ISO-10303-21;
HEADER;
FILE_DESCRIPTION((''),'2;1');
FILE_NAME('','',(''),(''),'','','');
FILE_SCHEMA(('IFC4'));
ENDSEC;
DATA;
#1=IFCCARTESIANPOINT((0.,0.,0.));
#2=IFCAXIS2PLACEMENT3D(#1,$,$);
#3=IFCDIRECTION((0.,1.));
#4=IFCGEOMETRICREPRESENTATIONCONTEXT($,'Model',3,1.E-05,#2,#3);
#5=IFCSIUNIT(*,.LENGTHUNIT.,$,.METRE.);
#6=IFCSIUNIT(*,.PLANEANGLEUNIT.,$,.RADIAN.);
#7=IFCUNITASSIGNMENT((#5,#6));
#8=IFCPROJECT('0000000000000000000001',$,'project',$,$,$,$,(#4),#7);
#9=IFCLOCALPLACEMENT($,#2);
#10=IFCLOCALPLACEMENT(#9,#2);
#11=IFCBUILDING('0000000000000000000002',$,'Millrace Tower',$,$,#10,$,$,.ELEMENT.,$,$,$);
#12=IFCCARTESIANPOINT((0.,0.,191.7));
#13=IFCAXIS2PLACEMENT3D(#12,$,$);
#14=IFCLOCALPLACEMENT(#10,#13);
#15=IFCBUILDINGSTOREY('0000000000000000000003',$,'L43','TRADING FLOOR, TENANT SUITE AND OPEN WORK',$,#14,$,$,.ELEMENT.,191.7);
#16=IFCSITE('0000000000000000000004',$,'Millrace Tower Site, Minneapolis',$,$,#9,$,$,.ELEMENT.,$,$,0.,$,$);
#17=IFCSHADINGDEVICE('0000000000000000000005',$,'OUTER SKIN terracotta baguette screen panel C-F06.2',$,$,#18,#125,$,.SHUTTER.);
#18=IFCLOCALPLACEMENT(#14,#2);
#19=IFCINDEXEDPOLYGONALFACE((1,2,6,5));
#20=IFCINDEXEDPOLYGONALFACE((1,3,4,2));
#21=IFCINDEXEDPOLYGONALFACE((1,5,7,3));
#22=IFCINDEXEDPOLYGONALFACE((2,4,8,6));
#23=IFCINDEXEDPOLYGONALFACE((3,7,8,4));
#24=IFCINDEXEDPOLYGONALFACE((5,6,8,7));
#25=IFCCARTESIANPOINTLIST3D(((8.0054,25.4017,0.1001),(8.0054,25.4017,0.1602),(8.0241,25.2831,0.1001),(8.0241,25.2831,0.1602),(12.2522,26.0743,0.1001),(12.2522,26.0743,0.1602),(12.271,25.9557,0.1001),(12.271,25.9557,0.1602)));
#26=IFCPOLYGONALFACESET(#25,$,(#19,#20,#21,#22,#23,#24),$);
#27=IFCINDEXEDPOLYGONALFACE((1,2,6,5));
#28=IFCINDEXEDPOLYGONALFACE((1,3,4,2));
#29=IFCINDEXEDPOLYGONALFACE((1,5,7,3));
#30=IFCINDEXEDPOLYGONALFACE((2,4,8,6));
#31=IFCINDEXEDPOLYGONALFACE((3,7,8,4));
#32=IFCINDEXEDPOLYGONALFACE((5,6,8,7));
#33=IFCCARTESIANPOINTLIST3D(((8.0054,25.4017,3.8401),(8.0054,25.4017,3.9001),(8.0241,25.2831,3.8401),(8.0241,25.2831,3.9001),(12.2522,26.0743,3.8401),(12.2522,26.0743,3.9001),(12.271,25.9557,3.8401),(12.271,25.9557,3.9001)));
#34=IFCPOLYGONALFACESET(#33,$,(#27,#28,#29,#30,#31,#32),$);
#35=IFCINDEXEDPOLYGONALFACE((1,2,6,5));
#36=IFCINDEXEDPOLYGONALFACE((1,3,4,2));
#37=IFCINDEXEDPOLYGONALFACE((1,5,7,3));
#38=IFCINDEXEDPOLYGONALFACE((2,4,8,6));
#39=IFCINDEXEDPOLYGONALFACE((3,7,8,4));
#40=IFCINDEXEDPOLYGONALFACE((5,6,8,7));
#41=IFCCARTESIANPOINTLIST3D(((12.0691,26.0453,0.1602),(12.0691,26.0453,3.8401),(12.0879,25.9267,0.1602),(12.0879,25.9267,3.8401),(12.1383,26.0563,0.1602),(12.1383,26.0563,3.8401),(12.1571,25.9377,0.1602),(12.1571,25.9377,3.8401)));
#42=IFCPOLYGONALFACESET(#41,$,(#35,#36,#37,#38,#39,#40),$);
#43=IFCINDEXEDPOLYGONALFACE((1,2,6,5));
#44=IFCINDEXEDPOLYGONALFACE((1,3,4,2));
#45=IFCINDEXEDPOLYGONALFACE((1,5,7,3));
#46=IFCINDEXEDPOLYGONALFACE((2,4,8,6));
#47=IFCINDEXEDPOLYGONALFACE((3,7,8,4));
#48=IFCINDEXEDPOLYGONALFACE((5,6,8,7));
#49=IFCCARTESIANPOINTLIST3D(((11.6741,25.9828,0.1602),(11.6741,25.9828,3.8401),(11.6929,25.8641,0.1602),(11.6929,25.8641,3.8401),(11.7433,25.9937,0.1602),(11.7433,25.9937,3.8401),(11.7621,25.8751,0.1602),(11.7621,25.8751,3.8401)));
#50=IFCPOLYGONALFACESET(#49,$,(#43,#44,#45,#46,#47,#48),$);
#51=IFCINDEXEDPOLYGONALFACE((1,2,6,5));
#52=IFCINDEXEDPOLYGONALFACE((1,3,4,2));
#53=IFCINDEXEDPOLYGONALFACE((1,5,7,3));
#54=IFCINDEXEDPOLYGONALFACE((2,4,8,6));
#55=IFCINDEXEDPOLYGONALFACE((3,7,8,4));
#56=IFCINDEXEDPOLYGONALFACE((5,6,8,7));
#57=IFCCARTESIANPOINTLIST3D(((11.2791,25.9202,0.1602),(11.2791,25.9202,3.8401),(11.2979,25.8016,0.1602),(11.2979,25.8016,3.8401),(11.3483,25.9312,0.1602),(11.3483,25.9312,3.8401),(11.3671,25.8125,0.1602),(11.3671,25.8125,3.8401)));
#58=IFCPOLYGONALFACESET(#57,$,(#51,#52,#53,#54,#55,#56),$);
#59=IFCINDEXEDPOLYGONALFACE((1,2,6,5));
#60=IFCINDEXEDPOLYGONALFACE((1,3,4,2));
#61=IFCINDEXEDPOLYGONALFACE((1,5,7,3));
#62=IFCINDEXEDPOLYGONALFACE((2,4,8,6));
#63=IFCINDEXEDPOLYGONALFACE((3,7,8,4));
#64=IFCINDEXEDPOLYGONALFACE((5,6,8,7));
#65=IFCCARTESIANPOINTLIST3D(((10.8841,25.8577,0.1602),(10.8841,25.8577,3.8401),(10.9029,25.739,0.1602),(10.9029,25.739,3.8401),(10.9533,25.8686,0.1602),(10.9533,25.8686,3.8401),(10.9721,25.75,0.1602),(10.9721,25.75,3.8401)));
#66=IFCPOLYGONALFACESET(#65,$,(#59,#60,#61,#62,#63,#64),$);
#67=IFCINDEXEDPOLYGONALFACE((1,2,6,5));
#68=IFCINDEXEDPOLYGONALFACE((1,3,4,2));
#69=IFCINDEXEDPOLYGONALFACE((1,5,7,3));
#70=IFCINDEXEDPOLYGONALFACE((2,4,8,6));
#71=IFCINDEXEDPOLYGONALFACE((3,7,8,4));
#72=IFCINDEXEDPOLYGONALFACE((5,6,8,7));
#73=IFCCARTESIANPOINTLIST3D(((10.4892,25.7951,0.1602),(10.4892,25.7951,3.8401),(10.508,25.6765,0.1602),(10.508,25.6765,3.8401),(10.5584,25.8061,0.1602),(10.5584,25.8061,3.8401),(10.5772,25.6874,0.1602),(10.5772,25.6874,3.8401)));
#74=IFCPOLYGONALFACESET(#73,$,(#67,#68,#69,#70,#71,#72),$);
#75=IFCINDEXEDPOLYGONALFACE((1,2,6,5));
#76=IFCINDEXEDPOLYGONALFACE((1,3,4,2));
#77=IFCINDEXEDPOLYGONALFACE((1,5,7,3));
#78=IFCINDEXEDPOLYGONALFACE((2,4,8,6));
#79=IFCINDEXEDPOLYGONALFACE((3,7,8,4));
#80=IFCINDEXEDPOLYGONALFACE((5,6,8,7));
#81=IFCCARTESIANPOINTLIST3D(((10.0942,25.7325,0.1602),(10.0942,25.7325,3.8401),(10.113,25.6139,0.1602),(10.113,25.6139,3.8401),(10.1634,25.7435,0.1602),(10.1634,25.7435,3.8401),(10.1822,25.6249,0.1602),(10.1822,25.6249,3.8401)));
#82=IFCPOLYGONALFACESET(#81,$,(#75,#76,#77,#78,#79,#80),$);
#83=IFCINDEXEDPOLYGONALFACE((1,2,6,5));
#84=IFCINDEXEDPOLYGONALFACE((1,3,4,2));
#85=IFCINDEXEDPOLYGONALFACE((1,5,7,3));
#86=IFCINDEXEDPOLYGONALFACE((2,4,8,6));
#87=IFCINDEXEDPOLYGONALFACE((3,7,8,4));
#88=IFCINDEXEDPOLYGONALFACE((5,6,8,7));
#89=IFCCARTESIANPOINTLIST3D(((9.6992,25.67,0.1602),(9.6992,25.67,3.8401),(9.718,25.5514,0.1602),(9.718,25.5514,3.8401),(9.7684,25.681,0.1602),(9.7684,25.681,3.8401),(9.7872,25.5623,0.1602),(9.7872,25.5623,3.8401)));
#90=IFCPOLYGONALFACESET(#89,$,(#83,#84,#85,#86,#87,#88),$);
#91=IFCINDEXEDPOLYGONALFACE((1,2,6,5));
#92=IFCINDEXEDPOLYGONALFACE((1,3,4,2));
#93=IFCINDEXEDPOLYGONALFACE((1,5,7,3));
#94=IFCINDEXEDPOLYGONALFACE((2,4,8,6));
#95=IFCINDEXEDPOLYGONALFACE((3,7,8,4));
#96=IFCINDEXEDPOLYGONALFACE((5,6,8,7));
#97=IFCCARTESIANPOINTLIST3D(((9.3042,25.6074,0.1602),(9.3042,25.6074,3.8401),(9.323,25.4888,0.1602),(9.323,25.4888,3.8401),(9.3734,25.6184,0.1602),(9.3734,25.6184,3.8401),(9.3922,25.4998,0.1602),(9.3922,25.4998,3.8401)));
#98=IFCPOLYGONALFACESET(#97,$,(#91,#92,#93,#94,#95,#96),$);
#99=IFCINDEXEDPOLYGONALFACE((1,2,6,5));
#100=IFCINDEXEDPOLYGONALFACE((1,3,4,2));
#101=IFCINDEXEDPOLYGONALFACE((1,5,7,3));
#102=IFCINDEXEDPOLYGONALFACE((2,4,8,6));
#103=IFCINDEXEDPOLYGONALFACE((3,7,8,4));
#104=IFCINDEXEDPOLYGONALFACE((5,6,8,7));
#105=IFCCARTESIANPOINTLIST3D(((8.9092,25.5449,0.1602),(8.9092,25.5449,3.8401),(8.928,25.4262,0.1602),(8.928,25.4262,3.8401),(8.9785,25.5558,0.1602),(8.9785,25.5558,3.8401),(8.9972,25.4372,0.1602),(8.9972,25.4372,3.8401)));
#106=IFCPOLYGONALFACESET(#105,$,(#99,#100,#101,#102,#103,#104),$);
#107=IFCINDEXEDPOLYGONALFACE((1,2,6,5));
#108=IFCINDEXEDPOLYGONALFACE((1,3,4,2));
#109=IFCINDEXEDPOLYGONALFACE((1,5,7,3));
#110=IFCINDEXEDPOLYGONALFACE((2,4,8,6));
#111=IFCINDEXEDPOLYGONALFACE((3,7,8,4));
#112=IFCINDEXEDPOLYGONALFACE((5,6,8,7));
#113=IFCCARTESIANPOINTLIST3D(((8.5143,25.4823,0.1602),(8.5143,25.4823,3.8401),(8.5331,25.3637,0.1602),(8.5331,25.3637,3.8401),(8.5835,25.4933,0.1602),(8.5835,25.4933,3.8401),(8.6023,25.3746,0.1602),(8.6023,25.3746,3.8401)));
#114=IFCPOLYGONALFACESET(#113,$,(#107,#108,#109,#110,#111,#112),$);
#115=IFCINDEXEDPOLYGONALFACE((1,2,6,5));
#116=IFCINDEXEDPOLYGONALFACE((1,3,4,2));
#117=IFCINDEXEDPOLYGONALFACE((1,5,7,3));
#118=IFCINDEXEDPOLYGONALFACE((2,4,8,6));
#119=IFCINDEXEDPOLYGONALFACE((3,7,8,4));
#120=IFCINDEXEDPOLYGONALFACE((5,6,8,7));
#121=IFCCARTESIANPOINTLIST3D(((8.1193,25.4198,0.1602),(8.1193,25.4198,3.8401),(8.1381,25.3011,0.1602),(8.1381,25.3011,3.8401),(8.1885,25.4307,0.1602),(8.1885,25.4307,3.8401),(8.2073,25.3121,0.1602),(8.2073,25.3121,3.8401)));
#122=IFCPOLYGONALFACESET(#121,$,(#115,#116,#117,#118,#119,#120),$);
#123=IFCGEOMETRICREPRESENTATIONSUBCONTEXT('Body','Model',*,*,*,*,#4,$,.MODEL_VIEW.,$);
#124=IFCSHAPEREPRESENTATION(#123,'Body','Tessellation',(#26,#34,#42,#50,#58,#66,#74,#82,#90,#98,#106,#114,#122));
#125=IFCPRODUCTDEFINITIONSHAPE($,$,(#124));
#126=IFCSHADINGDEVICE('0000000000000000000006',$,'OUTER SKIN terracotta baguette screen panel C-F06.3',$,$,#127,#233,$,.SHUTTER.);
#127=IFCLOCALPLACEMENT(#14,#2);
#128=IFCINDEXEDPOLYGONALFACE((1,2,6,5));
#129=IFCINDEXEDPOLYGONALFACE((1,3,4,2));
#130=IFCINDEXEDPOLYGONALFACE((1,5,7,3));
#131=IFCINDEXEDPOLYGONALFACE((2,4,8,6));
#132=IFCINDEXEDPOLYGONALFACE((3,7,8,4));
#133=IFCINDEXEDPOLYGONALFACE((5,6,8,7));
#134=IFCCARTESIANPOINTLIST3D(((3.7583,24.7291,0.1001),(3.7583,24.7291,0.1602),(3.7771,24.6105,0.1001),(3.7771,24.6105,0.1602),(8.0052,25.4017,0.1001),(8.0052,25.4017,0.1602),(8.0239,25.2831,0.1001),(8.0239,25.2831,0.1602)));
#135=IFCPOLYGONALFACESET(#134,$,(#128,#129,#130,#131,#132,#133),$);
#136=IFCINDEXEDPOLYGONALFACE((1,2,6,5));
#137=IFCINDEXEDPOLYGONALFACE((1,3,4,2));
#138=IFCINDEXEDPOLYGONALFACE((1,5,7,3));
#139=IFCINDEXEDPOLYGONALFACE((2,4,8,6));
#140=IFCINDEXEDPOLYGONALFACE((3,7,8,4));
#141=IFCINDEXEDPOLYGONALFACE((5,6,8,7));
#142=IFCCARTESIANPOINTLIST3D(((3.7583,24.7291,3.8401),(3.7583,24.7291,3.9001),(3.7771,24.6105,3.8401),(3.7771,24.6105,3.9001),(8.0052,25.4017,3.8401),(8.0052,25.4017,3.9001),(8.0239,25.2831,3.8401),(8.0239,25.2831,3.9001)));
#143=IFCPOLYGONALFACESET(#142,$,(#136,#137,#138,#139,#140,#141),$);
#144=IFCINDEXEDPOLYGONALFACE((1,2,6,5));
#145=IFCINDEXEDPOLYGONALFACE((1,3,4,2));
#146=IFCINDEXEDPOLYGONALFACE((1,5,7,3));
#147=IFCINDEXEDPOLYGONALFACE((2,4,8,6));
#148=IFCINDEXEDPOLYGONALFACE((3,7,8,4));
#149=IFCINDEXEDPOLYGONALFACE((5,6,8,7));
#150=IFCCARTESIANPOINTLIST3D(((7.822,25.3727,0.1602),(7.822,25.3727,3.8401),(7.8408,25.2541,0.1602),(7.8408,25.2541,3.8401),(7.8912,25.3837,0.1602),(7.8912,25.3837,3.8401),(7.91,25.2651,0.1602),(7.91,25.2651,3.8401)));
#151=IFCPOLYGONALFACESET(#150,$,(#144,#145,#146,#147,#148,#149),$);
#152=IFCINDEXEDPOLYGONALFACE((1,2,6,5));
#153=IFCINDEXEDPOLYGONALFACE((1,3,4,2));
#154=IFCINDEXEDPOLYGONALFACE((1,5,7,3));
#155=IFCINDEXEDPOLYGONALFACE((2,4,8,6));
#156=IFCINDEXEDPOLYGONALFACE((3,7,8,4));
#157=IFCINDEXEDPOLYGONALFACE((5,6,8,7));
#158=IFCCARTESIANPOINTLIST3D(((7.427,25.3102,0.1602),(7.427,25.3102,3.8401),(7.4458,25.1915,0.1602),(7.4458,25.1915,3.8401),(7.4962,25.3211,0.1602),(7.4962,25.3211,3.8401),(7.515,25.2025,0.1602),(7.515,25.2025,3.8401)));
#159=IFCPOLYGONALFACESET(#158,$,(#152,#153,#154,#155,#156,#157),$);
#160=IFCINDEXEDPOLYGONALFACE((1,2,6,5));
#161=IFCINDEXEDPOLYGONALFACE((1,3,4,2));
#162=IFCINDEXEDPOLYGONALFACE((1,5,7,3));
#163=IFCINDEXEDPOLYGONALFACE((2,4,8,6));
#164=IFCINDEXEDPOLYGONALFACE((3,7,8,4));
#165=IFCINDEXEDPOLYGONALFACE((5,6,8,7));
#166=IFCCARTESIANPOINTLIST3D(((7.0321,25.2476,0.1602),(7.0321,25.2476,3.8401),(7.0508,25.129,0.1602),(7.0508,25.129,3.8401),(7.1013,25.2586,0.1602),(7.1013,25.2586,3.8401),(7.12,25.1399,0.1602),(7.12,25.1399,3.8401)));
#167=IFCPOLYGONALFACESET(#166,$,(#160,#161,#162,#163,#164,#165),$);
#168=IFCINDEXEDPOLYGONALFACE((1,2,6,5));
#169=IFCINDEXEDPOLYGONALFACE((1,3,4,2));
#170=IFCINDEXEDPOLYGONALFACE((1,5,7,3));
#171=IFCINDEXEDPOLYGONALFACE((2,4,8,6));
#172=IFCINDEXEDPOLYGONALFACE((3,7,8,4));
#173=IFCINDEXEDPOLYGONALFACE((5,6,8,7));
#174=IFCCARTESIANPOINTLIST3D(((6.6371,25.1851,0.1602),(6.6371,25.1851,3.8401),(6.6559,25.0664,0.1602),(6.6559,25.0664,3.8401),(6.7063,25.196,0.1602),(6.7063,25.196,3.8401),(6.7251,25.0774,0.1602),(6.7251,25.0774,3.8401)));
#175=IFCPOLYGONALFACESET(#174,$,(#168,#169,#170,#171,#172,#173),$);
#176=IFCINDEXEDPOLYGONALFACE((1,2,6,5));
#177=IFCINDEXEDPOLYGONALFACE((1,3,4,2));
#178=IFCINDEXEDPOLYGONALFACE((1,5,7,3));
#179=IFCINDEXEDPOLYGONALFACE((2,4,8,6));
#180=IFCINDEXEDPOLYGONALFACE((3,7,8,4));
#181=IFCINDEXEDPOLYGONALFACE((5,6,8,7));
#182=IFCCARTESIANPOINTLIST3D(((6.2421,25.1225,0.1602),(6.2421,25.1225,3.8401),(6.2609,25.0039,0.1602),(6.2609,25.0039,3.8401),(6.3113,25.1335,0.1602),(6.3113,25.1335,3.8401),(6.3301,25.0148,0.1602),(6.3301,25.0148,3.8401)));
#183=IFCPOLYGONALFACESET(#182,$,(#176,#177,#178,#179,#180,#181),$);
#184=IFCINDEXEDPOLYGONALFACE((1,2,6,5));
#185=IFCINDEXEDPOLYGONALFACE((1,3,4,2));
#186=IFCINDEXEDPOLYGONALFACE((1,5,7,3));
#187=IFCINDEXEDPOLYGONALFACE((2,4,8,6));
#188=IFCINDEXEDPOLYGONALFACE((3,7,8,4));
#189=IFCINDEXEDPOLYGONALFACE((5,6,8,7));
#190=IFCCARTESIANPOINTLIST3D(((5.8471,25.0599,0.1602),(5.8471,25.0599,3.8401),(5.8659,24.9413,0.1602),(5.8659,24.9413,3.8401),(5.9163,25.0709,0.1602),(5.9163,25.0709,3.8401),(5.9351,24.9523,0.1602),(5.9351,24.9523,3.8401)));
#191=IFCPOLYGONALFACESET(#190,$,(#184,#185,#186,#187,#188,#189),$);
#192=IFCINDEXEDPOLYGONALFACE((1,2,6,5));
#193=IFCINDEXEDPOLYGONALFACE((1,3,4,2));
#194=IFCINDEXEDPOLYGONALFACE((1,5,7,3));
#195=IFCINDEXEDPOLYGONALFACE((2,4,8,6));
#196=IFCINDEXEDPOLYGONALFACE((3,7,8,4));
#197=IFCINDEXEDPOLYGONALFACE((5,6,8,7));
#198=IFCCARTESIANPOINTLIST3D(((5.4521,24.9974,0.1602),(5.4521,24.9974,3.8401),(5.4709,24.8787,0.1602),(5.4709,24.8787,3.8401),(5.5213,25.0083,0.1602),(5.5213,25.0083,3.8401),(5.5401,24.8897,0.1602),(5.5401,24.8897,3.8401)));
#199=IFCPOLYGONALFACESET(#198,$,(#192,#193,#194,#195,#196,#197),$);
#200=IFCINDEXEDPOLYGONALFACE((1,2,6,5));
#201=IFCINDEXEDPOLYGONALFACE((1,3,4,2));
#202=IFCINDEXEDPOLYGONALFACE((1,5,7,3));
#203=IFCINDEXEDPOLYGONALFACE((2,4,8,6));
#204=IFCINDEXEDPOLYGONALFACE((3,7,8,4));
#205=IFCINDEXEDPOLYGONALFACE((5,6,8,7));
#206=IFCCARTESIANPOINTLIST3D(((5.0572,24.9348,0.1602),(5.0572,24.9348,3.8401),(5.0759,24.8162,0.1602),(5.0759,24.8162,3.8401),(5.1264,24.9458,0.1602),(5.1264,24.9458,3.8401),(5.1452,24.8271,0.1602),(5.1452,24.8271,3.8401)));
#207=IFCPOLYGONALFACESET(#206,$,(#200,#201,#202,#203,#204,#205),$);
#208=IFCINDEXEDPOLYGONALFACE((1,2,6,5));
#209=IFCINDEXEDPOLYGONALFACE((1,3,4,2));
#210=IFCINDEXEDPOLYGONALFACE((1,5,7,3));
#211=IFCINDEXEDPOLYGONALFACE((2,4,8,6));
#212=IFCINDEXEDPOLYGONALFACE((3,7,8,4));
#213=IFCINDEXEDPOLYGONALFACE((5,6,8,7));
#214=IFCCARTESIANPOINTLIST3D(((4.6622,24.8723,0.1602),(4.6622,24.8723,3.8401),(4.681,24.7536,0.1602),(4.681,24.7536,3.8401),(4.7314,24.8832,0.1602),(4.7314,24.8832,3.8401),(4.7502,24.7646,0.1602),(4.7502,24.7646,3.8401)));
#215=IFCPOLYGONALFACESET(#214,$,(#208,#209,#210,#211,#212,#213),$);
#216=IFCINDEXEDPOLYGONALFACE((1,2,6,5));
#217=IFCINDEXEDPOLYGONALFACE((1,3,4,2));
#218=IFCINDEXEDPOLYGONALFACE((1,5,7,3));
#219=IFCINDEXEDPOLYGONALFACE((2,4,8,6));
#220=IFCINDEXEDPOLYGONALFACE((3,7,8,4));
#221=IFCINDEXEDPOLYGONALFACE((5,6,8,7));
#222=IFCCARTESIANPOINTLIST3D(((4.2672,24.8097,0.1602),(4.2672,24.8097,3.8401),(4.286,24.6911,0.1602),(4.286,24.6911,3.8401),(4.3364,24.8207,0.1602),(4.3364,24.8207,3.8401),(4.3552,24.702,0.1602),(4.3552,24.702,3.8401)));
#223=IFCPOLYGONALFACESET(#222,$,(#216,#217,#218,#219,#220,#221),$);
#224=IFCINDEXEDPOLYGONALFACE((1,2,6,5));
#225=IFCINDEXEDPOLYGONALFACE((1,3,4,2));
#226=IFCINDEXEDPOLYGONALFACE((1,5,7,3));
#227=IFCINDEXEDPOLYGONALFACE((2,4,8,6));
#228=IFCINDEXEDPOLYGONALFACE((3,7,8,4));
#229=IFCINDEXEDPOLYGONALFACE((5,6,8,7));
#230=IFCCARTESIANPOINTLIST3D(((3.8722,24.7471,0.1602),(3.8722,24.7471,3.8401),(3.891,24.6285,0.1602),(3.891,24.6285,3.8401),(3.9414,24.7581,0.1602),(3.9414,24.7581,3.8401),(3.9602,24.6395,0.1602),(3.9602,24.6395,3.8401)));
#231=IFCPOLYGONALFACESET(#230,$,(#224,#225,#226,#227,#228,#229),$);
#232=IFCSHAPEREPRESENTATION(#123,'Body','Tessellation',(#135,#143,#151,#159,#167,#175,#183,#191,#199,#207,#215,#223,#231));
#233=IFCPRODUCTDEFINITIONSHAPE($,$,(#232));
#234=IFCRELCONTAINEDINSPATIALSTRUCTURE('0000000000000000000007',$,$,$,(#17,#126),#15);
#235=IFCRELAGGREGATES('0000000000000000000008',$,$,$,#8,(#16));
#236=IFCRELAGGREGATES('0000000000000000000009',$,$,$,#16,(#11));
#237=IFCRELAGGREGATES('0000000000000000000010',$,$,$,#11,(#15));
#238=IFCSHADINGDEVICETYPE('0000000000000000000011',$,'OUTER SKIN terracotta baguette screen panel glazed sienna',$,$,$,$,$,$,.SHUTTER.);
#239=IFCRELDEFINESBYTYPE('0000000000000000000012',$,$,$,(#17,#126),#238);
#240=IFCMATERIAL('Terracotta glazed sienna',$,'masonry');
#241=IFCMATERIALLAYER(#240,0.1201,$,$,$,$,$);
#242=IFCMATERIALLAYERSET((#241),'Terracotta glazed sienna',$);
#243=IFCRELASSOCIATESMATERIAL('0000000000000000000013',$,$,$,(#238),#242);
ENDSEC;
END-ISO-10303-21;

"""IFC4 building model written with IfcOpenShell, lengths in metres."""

from ifc_helpers import new_model, entity, si_unit, direction, frame, frame_2d, origin, origin_2d, place, context, subcontext, project, spatial, rectangle, extrude, source, transform, mapped, material, layer, layer_set, type_object, element, save


model = new_model("IFC4")

# Units and contexts
model_context = context("Model", 3, precision=1e-05, world=origin(), true_north=direction((0.0, 1.0)))
body_context = subcontext(model_context, "Body", "Model", "MODEL_VIEW")
ifc_project = project(units=[si_unit("LENGTHUNIT", "METRE"), si_unit("PLANEANGLEUNIT", "RADIAN")], contexts=[model_context])

# Site, building, storey
site_placement = place(None, origin())
site = spatial("IfcSite", under=ifc_project, at=site_placement, Name="Millrace Tower Site, Minneapolis", CompositionType="ELEMENT", RefElevation=0.0)
building_placement = place(site_placement, origin())
building = spatial("IfcBuilding", under=site, at=building_placement, Name="Millrace Tower", CompositionType="ELEMENT")
storey_placement = place(building_placement, frame((0.0, 0.0, 191.7)))
storey = spatial("IfcBuildingStorey", under=building, at=storey_placement, Name="L43", Description="TRADING FLOOR, TENANT SUITE AND OPEN WORK", CompositionType="ELEMENT", Elevation=191.7)

# Shading devices
ifc_material_1 = material(Name="Terracotta glazed sienna", Category="masonry")
ifc_layer_1 = layer(ifc_material_1, 0.1201)
ifc_layer_set_1 = layer_set([ifc_layer_1], Name="Terracotta glazed sienna")
shading_device_type = type_object("IfcShadingDeviceType", Name="OUTER SKIN terracotta baguette screen panel glazed sienna", PredefinedType="SHUTTER", material=ifc_layer_set_1)
cartesian_point_1 = entity("IfcCartesianPoint", [-2.1499, 0.0601])
shared_polyline_1 = entity("IfcPolyline", [cartesian_point_1, entity("IfcCartesianPoint", [2.1499, 0.0601]), entity("IfcCartesianPoint", [2.1499, -0.0601]), entity("IfcCartesianPoint", [-2.1499, -0.0601]), cartesian_point_1])
shared_shape_1 = source(origin(), body_context, "Body", "SweptSolid", [
    entity("IfcExtrudedAreaSolid", entity("IfcArbitraryClosedProfileDef", "AREA", None, shared_polyline_1), entity("IfcAxis2Placement3D", entity("IfcCartesianPoint", [0.0, 0.0, 0.0])), entity("IfcDirection", [0.0, 0.0, 1.0]), 0.0601),
    entity("IfcExtrudedAreaSolid", entity("IfcArbitraryClosedProfileDef", "AREA", None, shared_polyline_1), entity("IfcAxis2Placement3D", entity("IfcCartesianPoint", [0.0, 0.0, 3.74])), entity("IfcDirection", [0.0, 0.0, 1.0]), 0.0601),
    extrude(rectangle(XDim=0.0701, YDim=0.1201, at=frame_2d((-1.9995, 0.0))), frame((0.0, 0.0, 0.0601)), (0.0, 0.0, 1.0), 3.6799),
    extrude(rectangle(XDim=0.0701, YDim=0.1201, at=frame_2d((-1.5996, 0.0))), frame((0.0, 0.0, 0.0601)), (0.0, 0.0, 1.0), 3.6799),
    extrude(rectangle(XDim=0.0701, YDim=0.1201, at=frame_2d((-1.1997, 0.0))), frame((0.0, 0.0, 0.0601)), (0.0, 0.0, 1.0), 3.6799),
    extrude(rectangle(XDim=0.0701, YDim=0.1201, at=frame_2d((-0.7998, 0.0))), frame((0.0, 0.0, 0.0601)), (0.0, 0.0, 1.0), 3.6799),
    extrude(rectangle(XDim=0.0701, YDim=0.1201, at=frame_2d((-0.3999, 0.0))), frame((0.0, 0.0, 0.0601)), (0.0, 0.0, 1.0), 3.6799),
    extrude(rectangle(XDim=0.0701, YDim=0.1201, at=origin_2d()), frame((0.0, 0.0, 0.0601)), (0.0, 0.0, 1.0), 3.6799),
    extrude(rectangle(XDim=0.0701, YDim=0.1201, at=frame_2d((0.3999, 0.0))), frame((0.0, 0.0, 0.0601)), (0.0, 0.0, 1.0), 3.6799),
    extrude(rectangle(XDim=0.0701, YDim=0.1201, at=frame_2d((0.7998, 0.0))), frame((0.0, 0.0, 0.0601)), (0.0, 0.0, 1.0), 3.6799),
    extrude(rectangle(XDim=0.0701, YDim=0.1201, at=frame_2d((1.1997, 0.0))), frame((0.0, 0.0, 0.0601)), (0.0, 0.0, 1.0), 3.6799),
    extrude(rectangle(XDim=0.0701, YDim=0.1201, at=frame_2d((1.5996, 0.0))), frame((0.0, 0.0, 0.0601)), (0.0, 0.0, 1.0), 3.6799),
    extrude(rectangle(XDim=0.0701, YDim=0.1201, at=frame_2d((1.9995, 0.0))), frame((0.0, 0.0, 0.0601)), (0.0, 0.0, 1.0), 3.6799),
])
for number, where, z_axis, x_axis, name in (
    (1, (10.1382, 25.6787, 0.1001), (0.0, 0.0, 1.0), (-0.987688, -0.156434, 0.0), "OUTER SKIN terracotta baguette screen panel C-F06.2"),
    (2, (5.8911, 25.0061, 0.1001), (0.0, 0.0, 1.0), (-0.987688, -0.156434, 0.0), "OUTER SKIN terracotta baguette screen panel C-F06.3"),
):
    element("IfcShadingDevice", number, at=place(storey_placement, frame(where, z_axis=z_axis, x_axis=x_axis)), inside=storey, type_object=shading_device_type, Name=name, PredefinedType="SHUTTER", context=body_context, shape_type="MappedRepresentation", body=[
        mapped(shared_shape_1, transform((0.0, 0.0, 0.0), scale=1.0)),
    ])

save(model, "model.ifc")
